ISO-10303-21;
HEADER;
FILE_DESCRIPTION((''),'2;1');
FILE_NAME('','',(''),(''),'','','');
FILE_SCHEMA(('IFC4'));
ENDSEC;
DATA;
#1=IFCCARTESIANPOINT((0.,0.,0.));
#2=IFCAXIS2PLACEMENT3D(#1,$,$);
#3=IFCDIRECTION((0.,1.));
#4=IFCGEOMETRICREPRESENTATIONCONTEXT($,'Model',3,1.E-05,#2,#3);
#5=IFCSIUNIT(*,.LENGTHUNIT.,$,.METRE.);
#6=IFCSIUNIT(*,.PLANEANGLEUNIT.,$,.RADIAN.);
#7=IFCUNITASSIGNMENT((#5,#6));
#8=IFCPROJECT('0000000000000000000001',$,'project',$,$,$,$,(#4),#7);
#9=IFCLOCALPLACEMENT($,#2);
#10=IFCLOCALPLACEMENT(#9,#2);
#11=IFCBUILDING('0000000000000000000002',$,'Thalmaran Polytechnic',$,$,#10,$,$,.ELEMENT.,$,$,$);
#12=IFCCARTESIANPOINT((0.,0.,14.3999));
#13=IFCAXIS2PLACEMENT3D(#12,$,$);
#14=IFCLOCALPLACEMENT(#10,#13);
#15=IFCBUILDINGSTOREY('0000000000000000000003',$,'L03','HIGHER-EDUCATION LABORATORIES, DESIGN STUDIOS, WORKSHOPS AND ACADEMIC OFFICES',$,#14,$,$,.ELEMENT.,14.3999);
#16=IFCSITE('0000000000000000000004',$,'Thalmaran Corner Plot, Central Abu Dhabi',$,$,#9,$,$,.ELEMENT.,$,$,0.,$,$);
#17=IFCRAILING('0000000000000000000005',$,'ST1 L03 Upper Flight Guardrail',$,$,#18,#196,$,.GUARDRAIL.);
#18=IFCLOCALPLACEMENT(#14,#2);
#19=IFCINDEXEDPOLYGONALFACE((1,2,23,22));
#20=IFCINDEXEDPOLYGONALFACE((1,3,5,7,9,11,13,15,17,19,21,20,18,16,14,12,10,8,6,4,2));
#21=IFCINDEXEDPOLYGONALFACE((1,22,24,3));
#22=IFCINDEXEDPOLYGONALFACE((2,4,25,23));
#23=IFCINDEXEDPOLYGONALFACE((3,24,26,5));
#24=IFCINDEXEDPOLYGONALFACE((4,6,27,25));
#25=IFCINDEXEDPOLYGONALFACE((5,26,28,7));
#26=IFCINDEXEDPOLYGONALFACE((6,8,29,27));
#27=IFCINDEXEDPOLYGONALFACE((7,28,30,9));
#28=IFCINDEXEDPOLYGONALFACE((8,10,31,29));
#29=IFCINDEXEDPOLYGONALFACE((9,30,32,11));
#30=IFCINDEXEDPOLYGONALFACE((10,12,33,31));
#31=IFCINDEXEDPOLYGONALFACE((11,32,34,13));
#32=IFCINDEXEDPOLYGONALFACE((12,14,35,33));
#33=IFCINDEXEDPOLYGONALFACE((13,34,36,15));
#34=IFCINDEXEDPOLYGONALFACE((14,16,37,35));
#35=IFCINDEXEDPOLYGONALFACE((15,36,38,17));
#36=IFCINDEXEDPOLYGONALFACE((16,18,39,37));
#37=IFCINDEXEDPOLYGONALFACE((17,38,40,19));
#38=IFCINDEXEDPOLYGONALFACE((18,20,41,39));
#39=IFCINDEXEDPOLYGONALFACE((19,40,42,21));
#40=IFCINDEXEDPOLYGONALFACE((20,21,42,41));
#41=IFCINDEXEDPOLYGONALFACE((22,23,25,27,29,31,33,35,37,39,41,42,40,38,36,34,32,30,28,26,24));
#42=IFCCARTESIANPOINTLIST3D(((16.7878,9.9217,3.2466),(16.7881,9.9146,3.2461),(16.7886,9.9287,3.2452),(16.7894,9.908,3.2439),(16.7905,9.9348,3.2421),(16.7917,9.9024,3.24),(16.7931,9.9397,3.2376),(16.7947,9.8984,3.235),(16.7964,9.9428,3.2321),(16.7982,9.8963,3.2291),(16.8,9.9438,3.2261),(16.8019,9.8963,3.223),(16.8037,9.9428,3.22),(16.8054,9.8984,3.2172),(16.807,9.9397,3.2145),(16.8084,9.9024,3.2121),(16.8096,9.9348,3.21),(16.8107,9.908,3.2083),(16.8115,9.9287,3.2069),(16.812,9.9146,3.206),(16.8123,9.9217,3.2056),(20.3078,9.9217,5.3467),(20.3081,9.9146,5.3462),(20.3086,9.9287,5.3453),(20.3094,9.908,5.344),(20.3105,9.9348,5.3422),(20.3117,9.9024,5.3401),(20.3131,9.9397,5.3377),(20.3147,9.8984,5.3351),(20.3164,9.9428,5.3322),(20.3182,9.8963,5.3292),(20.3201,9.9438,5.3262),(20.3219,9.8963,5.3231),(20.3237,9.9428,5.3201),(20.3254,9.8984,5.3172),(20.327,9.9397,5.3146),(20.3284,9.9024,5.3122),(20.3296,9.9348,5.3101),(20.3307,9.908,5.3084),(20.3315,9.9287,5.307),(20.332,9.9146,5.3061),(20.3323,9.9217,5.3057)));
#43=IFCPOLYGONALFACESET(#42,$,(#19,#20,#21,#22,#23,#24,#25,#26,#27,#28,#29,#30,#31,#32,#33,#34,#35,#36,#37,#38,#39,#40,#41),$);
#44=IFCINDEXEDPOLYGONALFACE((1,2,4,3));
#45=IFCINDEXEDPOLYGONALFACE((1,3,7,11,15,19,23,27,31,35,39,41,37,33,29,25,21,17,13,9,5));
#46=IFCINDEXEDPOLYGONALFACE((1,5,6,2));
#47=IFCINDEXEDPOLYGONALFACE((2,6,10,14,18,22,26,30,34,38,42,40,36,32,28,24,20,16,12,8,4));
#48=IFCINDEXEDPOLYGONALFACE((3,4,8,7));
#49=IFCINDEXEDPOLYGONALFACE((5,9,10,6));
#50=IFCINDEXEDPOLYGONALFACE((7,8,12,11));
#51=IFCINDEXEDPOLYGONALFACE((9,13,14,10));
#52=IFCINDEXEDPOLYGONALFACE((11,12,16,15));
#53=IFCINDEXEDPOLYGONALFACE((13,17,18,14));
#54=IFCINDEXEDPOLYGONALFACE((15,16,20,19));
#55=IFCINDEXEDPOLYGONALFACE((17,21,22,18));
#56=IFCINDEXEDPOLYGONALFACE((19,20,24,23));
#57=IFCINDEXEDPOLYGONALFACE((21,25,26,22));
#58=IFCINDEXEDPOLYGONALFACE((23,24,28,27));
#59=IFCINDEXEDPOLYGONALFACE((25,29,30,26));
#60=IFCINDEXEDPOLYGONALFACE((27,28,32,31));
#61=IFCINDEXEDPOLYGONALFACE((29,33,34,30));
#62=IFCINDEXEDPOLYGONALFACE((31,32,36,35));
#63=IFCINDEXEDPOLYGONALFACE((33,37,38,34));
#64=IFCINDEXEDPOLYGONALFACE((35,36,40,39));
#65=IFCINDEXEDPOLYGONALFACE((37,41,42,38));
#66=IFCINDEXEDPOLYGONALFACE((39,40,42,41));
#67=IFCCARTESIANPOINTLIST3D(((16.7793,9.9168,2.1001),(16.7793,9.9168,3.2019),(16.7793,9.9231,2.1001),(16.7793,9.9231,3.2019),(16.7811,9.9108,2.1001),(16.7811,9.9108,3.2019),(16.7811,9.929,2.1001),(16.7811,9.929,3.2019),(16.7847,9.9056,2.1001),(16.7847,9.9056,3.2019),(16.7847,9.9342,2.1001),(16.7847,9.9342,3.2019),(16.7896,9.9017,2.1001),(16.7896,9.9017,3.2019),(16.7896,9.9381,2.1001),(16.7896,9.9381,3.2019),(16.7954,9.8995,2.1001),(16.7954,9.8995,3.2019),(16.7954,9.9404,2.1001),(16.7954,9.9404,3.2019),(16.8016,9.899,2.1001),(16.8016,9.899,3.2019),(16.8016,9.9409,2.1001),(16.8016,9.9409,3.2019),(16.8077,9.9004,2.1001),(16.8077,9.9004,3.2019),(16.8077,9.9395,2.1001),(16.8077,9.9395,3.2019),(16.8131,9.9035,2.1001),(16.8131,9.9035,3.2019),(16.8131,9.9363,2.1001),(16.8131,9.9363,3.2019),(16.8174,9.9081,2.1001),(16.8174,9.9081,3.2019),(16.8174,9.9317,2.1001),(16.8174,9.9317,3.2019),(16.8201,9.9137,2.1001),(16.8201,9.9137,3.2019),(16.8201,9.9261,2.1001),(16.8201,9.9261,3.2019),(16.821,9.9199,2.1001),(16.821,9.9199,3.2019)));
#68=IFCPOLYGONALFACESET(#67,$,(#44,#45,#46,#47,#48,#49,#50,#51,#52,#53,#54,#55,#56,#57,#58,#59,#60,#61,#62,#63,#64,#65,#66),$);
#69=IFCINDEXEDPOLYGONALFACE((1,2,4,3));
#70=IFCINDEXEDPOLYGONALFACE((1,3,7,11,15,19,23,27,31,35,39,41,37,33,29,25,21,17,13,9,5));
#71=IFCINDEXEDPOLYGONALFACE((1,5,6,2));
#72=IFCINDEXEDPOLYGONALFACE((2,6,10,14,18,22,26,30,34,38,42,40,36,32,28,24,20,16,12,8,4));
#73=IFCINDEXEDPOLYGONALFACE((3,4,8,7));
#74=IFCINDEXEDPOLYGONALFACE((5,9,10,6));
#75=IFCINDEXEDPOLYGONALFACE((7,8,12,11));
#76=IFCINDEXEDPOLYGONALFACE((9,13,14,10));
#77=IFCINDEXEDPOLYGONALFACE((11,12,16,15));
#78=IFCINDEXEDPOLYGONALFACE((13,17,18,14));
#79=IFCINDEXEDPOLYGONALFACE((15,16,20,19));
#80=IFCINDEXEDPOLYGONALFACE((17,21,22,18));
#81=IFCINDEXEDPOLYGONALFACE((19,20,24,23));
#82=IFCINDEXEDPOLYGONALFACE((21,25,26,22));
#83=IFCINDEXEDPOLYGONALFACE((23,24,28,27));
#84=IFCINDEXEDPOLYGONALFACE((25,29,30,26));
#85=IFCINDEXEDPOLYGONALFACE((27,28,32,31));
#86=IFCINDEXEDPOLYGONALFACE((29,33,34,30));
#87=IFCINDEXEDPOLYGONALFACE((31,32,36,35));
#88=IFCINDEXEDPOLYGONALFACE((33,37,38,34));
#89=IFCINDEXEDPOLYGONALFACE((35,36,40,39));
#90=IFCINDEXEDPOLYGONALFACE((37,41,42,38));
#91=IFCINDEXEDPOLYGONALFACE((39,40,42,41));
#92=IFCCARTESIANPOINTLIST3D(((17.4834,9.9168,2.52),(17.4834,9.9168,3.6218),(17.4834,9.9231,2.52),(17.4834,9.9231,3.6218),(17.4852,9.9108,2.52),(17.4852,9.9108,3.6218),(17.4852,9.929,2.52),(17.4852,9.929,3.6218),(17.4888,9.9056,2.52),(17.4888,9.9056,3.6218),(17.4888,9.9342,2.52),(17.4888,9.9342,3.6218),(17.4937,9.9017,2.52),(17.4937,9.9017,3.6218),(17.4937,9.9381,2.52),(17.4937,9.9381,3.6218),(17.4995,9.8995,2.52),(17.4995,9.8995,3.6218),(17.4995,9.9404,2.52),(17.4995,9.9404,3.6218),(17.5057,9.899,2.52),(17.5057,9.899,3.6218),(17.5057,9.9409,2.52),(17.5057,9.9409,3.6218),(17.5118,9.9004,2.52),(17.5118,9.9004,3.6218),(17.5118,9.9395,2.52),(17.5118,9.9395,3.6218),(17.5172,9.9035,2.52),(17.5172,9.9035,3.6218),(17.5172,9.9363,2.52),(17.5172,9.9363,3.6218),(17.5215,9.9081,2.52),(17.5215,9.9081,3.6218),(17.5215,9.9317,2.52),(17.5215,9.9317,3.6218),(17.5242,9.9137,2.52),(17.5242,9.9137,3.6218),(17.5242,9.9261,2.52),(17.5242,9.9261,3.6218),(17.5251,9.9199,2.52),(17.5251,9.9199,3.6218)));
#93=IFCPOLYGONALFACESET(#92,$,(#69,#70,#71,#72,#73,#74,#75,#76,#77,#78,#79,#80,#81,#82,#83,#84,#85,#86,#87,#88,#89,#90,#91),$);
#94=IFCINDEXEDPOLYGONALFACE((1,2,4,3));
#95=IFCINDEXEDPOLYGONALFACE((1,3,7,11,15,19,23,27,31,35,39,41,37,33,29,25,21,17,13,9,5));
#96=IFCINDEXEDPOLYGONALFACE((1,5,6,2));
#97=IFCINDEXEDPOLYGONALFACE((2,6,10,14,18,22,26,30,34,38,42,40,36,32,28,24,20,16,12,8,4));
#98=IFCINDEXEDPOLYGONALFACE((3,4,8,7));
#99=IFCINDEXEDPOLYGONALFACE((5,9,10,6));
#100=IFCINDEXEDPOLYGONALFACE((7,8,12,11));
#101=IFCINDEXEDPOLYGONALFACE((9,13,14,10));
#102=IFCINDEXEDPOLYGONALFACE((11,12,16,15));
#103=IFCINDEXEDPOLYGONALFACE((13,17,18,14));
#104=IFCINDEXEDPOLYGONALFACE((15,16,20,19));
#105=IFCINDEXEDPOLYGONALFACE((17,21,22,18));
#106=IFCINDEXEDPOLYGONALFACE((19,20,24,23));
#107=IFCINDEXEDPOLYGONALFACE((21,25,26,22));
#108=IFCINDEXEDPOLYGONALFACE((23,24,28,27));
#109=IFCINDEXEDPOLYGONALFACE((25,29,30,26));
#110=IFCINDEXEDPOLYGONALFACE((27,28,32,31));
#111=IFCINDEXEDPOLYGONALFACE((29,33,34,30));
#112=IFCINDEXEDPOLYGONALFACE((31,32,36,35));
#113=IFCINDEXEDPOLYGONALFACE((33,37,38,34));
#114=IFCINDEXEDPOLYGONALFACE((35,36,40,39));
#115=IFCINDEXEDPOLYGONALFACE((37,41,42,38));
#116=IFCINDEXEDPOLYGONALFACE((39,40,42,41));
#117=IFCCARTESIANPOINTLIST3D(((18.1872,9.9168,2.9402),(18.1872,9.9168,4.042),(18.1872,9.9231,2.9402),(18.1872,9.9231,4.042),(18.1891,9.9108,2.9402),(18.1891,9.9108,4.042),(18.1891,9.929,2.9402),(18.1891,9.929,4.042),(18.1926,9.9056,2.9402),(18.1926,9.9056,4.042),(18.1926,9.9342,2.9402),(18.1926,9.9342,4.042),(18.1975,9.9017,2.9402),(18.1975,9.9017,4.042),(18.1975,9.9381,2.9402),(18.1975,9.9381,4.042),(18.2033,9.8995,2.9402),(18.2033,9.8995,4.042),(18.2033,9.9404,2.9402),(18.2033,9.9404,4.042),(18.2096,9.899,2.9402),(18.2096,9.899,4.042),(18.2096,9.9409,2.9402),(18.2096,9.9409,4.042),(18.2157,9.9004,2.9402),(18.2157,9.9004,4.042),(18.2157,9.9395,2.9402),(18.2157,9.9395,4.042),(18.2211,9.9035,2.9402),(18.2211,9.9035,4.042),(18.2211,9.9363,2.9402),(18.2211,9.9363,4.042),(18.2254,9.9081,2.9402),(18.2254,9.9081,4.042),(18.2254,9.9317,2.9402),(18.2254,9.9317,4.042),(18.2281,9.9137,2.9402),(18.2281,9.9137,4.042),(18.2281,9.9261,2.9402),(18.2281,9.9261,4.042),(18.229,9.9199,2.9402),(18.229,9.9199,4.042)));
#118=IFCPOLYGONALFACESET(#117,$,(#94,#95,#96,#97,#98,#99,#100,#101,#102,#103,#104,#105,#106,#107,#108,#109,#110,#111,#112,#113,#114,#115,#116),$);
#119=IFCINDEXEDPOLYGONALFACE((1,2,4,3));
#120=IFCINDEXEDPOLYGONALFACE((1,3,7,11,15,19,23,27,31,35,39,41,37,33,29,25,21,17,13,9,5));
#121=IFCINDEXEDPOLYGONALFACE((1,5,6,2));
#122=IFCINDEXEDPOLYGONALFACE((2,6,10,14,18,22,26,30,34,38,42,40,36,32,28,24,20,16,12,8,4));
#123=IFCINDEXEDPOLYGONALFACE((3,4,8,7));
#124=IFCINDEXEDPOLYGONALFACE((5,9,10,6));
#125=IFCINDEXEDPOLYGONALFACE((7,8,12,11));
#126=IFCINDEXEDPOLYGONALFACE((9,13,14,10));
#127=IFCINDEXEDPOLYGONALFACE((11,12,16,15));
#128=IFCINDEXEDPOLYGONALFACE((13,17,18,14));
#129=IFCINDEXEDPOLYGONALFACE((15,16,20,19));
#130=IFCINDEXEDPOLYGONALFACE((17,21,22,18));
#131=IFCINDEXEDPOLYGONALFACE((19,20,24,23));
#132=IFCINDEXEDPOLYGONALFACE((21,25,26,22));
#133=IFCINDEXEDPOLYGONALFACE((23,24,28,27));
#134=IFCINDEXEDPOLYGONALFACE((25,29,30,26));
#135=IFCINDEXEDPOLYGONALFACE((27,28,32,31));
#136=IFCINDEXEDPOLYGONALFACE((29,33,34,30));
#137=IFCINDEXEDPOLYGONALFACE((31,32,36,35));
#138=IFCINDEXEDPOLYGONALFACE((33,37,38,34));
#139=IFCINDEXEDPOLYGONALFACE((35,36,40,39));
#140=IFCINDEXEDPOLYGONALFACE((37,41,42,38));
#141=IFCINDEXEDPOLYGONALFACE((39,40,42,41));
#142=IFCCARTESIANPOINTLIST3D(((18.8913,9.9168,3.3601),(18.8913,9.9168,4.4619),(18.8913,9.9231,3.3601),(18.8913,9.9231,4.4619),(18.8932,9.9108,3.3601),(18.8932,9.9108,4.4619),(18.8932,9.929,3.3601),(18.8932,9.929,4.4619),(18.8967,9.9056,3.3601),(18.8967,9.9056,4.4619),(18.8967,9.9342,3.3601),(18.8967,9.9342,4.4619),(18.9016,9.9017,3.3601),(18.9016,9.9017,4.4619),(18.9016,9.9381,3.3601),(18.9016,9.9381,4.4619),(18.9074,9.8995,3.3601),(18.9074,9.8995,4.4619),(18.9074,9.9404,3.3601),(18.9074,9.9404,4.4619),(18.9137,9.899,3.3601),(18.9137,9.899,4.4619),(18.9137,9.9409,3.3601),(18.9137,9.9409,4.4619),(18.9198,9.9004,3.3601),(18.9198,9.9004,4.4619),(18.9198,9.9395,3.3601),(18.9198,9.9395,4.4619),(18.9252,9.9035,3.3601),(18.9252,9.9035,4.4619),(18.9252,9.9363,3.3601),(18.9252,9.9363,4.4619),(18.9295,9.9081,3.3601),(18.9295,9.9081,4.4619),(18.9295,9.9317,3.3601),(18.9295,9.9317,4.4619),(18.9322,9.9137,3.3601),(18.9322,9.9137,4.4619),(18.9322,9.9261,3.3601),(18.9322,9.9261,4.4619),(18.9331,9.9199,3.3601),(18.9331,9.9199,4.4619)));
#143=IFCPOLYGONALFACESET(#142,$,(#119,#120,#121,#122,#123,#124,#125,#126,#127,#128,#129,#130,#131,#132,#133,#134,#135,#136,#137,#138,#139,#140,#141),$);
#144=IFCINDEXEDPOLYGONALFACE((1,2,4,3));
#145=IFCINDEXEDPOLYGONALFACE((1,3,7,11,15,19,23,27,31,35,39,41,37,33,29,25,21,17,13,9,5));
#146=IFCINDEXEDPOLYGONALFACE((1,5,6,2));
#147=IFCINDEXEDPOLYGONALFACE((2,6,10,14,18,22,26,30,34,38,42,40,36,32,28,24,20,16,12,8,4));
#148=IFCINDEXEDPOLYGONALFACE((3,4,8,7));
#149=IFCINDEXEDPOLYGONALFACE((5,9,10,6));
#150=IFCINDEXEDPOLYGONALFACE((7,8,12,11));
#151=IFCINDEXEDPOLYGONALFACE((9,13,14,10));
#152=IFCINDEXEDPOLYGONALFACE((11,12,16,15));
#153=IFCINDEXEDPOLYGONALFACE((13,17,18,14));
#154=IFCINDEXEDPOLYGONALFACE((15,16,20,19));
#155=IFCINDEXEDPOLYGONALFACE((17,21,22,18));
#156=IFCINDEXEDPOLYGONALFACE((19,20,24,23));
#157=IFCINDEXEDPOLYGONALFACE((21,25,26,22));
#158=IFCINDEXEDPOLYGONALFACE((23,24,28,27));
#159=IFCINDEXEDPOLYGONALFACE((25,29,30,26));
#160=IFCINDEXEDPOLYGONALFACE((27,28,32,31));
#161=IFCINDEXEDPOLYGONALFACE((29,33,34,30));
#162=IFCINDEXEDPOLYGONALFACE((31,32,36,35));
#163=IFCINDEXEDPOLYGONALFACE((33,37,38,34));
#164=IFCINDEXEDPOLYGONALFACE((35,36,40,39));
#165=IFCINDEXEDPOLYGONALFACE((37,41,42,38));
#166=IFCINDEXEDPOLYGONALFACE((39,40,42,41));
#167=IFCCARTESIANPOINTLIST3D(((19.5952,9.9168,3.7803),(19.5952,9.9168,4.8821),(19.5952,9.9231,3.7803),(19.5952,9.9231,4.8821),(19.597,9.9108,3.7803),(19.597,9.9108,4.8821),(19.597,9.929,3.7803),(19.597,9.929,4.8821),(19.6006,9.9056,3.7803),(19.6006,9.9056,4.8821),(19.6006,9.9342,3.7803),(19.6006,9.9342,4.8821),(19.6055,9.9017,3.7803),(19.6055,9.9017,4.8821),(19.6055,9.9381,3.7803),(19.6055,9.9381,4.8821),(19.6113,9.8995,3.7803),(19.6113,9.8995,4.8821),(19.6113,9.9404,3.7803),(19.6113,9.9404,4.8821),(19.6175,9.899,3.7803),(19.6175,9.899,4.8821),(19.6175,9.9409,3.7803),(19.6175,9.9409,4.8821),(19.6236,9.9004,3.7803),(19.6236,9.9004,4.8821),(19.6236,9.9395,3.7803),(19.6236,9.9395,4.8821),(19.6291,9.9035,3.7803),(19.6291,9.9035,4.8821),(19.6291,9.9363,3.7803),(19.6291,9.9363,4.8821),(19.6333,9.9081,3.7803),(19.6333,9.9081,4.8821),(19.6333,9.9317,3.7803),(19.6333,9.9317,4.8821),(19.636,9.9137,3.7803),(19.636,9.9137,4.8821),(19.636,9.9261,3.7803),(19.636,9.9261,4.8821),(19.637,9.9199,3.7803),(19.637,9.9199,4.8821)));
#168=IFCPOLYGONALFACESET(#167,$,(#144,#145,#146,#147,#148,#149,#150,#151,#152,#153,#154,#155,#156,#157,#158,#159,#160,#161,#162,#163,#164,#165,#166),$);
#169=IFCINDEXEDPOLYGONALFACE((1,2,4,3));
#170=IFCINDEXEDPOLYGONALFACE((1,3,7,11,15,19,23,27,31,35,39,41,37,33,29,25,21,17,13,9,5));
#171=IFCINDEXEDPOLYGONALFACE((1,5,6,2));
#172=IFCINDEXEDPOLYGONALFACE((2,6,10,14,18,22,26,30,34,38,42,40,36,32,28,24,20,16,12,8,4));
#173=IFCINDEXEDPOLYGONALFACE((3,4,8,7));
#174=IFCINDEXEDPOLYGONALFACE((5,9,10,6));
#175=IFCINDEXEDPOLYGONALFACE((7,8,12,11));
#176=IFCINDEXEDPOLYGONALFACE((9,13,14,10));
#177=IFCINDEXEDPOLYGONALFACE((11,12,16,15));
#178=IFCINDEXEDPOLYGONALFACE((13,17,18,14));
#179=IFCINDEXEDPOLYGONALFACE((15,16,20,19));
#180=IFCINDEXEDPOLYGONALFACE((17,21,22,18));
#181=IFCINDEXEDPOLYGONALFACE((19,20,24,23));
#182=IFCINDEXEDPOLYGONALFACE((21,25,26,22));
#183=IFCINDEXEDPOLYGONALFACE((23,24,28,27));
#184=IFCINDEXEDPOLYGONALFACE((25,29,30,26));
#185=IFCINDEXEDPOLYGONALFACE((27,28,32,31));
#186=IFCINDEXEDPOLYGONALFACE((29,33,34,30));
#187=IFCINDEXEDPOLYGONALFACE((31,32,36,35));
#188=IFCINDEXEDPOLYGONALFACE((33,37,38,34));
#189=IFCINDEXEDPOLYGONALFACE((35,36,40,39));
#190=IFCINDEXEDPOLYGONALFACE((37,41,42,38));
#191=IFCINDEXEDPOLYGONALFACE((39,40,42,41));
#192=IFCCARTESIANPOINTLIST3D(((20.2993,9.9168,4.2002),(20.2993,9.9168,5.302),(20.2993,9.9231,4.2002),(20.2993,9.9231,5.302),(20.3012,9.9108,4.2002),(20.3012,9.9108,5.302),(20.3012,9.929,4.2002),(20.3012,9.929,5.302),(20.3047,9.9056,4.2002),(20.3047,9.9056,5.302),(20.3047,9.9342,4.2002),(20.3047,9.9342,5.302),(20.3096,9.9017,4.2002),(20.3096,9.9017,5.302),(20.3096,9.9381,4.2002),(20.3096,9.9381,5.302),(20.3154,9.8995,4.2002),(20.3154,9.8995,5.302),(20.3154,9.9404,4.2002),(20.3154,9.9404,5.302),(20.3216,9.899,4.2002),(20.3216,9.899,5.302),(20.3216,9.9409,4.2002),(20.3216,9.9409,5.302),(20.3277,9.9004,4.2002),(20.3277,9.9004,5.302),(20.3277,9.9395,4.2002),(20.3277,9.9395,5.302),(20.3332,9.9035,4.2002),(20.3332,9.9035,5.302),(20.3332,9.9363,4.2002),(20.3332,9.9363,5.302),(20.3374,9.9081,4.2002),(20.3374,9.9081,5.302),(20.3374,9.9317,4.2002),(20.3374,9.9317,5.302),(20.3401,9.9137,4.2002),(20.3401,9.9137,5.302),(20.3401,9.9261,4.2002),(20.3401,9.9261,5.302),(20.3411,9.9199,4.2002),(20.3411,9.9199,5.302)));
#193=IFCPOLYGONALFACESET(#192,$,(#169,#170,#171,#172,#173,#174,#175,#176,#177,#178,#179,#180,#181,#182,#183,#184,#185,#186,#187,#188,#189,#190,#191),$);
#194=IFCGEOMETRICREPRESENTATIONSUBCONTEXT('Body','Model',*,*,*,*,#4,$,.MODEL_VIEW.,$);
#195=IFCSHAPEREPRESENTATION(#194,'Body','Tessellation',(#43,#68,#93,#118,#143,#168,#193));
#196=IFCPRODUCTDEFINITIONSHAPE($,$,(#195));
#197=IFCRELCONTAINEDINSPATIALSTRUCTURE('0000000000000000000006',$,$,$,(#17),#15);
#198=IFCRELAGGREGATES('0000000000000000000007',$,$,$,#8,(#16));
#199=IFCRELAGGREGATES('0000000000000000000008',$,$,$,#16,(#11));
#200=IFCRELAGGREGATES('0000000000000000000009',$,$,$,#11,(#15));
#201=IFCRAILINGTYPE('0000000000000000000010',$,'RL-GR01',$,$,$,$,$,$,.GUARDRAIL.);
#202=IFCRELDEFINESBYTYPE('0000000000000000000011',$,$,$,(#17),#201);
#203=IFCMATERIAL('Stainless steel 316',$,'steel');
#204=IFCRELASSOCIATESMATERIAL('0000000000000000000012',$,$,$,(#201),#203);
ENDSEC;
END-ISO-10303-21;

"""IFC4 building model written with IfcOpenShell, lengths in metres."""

from ifc_helpers import new_model, si_unit, direction, frame, origin, origin_2d, place, context, subcontext, project, spatial, circle, extrude, material, type_object, element, save


model = new_model("IFC4")

# Units and contexts
model_context = context("Model", 3, precision=1e-05, world=origin(), true_north=direction((0.0, 1.0)))
body_context = subcontext(model_context, "Body", "Model", "MODEL_VIEW")
ifc_project = project(units=[si_unit("LENGTHUNIT", "METRE"), si_unit("PLANEANGLEUNIT", "RADIAN")], contexts=[model_context])

# Site, building, storey
site_placement = place(None, origin())
site = spatial("IfcSite", under=ifc_project, at=site_placement, Name="Thalmaran Corner Plot, Central Abu Dhabi", CompositionType="ELEMENT", RefElevation=0.0)
building_placement = place(site_placement, origin())
building = spatial("IfcBuilding", under=site, at=building_placement, Name="Thalmaran Polytechnic", CompositionType="ELEMENT")
storey_placement = place(building_placement, frame((0.0, 0.0, 14.3999)))
storey = spatial("IfcBuildingStorey", under=building, at=storey_placement, Name="L03", Description="HIGHER-EDUCATION LABORATORIES, DESIGN STUDIOS, WORKSHOPS AND ACADEMIC OFFICES", CompositionType="ELEMENT", Elevation=14.3999)

# Railing
ifc_material_1 = material(Name="Stainless steel 316", Category="steel")
railing_type_1 = type_object("IfcRailingType", Name="RL-GR01", PredefinedType="GUARDRAIL", material=ifc_material_1)
railing_1_placement = place(storey_placement, frame((16.8, 9.9199, 2.1001)))
element("IfcRailing", 1, at=railing_1_placement, inside=storey, type_object=railing_type_1, Name="ST1 L03 Upper Flight Guardrail", PredefinedType="GUARDRAIL", context=body_context, shape_type="SweptSolid", body=[
    extrude(circle(Radius=0.0239, at=origin_2d()), frame((0.0, 0.0, 1.126), z_axis=(0.858773, 0.0, 0.512357), x_axis=(0.0, 1.0, 0.0)), (0.0, 0.0, 1.0), 4.0989),
    extrude(circle(Radius=0.021, at=origin_2d()), origin(), (0.0, 0.0, 1.0), 1.1018),
    extrude(circle(Radius=0.021, at=origin_2d()), frame((0.7041, 0.0, 0.4199)), (0.0, 0.0, 1.0), 1.1018),
    extrude(circle(Radius=0.021, at=origin_2d()), frame((1.408, 0.0, 0.8401)), (0.0, 0.0, 1.0), 1.1018),
    extrude(circle(Radius=0.021, at=origin_2d()), frame((2.1121, 0.0, 1.26)), (0.0, 0.0, 1.0), 1.1018),
    extrude(circle(Radius=0.021, at=origin_2d()), frame((2.8159, 0.0, 1.6802)), (0.0, 0.0, 1.0), 1.1018),
    extrude(circle(Radius=0.021, at=origin_2d()), frame((3.52, 0.0, 2.1001)), (0.0, 0.0, 1.0), 1.1018),
])

save(model, "model.ifc")
